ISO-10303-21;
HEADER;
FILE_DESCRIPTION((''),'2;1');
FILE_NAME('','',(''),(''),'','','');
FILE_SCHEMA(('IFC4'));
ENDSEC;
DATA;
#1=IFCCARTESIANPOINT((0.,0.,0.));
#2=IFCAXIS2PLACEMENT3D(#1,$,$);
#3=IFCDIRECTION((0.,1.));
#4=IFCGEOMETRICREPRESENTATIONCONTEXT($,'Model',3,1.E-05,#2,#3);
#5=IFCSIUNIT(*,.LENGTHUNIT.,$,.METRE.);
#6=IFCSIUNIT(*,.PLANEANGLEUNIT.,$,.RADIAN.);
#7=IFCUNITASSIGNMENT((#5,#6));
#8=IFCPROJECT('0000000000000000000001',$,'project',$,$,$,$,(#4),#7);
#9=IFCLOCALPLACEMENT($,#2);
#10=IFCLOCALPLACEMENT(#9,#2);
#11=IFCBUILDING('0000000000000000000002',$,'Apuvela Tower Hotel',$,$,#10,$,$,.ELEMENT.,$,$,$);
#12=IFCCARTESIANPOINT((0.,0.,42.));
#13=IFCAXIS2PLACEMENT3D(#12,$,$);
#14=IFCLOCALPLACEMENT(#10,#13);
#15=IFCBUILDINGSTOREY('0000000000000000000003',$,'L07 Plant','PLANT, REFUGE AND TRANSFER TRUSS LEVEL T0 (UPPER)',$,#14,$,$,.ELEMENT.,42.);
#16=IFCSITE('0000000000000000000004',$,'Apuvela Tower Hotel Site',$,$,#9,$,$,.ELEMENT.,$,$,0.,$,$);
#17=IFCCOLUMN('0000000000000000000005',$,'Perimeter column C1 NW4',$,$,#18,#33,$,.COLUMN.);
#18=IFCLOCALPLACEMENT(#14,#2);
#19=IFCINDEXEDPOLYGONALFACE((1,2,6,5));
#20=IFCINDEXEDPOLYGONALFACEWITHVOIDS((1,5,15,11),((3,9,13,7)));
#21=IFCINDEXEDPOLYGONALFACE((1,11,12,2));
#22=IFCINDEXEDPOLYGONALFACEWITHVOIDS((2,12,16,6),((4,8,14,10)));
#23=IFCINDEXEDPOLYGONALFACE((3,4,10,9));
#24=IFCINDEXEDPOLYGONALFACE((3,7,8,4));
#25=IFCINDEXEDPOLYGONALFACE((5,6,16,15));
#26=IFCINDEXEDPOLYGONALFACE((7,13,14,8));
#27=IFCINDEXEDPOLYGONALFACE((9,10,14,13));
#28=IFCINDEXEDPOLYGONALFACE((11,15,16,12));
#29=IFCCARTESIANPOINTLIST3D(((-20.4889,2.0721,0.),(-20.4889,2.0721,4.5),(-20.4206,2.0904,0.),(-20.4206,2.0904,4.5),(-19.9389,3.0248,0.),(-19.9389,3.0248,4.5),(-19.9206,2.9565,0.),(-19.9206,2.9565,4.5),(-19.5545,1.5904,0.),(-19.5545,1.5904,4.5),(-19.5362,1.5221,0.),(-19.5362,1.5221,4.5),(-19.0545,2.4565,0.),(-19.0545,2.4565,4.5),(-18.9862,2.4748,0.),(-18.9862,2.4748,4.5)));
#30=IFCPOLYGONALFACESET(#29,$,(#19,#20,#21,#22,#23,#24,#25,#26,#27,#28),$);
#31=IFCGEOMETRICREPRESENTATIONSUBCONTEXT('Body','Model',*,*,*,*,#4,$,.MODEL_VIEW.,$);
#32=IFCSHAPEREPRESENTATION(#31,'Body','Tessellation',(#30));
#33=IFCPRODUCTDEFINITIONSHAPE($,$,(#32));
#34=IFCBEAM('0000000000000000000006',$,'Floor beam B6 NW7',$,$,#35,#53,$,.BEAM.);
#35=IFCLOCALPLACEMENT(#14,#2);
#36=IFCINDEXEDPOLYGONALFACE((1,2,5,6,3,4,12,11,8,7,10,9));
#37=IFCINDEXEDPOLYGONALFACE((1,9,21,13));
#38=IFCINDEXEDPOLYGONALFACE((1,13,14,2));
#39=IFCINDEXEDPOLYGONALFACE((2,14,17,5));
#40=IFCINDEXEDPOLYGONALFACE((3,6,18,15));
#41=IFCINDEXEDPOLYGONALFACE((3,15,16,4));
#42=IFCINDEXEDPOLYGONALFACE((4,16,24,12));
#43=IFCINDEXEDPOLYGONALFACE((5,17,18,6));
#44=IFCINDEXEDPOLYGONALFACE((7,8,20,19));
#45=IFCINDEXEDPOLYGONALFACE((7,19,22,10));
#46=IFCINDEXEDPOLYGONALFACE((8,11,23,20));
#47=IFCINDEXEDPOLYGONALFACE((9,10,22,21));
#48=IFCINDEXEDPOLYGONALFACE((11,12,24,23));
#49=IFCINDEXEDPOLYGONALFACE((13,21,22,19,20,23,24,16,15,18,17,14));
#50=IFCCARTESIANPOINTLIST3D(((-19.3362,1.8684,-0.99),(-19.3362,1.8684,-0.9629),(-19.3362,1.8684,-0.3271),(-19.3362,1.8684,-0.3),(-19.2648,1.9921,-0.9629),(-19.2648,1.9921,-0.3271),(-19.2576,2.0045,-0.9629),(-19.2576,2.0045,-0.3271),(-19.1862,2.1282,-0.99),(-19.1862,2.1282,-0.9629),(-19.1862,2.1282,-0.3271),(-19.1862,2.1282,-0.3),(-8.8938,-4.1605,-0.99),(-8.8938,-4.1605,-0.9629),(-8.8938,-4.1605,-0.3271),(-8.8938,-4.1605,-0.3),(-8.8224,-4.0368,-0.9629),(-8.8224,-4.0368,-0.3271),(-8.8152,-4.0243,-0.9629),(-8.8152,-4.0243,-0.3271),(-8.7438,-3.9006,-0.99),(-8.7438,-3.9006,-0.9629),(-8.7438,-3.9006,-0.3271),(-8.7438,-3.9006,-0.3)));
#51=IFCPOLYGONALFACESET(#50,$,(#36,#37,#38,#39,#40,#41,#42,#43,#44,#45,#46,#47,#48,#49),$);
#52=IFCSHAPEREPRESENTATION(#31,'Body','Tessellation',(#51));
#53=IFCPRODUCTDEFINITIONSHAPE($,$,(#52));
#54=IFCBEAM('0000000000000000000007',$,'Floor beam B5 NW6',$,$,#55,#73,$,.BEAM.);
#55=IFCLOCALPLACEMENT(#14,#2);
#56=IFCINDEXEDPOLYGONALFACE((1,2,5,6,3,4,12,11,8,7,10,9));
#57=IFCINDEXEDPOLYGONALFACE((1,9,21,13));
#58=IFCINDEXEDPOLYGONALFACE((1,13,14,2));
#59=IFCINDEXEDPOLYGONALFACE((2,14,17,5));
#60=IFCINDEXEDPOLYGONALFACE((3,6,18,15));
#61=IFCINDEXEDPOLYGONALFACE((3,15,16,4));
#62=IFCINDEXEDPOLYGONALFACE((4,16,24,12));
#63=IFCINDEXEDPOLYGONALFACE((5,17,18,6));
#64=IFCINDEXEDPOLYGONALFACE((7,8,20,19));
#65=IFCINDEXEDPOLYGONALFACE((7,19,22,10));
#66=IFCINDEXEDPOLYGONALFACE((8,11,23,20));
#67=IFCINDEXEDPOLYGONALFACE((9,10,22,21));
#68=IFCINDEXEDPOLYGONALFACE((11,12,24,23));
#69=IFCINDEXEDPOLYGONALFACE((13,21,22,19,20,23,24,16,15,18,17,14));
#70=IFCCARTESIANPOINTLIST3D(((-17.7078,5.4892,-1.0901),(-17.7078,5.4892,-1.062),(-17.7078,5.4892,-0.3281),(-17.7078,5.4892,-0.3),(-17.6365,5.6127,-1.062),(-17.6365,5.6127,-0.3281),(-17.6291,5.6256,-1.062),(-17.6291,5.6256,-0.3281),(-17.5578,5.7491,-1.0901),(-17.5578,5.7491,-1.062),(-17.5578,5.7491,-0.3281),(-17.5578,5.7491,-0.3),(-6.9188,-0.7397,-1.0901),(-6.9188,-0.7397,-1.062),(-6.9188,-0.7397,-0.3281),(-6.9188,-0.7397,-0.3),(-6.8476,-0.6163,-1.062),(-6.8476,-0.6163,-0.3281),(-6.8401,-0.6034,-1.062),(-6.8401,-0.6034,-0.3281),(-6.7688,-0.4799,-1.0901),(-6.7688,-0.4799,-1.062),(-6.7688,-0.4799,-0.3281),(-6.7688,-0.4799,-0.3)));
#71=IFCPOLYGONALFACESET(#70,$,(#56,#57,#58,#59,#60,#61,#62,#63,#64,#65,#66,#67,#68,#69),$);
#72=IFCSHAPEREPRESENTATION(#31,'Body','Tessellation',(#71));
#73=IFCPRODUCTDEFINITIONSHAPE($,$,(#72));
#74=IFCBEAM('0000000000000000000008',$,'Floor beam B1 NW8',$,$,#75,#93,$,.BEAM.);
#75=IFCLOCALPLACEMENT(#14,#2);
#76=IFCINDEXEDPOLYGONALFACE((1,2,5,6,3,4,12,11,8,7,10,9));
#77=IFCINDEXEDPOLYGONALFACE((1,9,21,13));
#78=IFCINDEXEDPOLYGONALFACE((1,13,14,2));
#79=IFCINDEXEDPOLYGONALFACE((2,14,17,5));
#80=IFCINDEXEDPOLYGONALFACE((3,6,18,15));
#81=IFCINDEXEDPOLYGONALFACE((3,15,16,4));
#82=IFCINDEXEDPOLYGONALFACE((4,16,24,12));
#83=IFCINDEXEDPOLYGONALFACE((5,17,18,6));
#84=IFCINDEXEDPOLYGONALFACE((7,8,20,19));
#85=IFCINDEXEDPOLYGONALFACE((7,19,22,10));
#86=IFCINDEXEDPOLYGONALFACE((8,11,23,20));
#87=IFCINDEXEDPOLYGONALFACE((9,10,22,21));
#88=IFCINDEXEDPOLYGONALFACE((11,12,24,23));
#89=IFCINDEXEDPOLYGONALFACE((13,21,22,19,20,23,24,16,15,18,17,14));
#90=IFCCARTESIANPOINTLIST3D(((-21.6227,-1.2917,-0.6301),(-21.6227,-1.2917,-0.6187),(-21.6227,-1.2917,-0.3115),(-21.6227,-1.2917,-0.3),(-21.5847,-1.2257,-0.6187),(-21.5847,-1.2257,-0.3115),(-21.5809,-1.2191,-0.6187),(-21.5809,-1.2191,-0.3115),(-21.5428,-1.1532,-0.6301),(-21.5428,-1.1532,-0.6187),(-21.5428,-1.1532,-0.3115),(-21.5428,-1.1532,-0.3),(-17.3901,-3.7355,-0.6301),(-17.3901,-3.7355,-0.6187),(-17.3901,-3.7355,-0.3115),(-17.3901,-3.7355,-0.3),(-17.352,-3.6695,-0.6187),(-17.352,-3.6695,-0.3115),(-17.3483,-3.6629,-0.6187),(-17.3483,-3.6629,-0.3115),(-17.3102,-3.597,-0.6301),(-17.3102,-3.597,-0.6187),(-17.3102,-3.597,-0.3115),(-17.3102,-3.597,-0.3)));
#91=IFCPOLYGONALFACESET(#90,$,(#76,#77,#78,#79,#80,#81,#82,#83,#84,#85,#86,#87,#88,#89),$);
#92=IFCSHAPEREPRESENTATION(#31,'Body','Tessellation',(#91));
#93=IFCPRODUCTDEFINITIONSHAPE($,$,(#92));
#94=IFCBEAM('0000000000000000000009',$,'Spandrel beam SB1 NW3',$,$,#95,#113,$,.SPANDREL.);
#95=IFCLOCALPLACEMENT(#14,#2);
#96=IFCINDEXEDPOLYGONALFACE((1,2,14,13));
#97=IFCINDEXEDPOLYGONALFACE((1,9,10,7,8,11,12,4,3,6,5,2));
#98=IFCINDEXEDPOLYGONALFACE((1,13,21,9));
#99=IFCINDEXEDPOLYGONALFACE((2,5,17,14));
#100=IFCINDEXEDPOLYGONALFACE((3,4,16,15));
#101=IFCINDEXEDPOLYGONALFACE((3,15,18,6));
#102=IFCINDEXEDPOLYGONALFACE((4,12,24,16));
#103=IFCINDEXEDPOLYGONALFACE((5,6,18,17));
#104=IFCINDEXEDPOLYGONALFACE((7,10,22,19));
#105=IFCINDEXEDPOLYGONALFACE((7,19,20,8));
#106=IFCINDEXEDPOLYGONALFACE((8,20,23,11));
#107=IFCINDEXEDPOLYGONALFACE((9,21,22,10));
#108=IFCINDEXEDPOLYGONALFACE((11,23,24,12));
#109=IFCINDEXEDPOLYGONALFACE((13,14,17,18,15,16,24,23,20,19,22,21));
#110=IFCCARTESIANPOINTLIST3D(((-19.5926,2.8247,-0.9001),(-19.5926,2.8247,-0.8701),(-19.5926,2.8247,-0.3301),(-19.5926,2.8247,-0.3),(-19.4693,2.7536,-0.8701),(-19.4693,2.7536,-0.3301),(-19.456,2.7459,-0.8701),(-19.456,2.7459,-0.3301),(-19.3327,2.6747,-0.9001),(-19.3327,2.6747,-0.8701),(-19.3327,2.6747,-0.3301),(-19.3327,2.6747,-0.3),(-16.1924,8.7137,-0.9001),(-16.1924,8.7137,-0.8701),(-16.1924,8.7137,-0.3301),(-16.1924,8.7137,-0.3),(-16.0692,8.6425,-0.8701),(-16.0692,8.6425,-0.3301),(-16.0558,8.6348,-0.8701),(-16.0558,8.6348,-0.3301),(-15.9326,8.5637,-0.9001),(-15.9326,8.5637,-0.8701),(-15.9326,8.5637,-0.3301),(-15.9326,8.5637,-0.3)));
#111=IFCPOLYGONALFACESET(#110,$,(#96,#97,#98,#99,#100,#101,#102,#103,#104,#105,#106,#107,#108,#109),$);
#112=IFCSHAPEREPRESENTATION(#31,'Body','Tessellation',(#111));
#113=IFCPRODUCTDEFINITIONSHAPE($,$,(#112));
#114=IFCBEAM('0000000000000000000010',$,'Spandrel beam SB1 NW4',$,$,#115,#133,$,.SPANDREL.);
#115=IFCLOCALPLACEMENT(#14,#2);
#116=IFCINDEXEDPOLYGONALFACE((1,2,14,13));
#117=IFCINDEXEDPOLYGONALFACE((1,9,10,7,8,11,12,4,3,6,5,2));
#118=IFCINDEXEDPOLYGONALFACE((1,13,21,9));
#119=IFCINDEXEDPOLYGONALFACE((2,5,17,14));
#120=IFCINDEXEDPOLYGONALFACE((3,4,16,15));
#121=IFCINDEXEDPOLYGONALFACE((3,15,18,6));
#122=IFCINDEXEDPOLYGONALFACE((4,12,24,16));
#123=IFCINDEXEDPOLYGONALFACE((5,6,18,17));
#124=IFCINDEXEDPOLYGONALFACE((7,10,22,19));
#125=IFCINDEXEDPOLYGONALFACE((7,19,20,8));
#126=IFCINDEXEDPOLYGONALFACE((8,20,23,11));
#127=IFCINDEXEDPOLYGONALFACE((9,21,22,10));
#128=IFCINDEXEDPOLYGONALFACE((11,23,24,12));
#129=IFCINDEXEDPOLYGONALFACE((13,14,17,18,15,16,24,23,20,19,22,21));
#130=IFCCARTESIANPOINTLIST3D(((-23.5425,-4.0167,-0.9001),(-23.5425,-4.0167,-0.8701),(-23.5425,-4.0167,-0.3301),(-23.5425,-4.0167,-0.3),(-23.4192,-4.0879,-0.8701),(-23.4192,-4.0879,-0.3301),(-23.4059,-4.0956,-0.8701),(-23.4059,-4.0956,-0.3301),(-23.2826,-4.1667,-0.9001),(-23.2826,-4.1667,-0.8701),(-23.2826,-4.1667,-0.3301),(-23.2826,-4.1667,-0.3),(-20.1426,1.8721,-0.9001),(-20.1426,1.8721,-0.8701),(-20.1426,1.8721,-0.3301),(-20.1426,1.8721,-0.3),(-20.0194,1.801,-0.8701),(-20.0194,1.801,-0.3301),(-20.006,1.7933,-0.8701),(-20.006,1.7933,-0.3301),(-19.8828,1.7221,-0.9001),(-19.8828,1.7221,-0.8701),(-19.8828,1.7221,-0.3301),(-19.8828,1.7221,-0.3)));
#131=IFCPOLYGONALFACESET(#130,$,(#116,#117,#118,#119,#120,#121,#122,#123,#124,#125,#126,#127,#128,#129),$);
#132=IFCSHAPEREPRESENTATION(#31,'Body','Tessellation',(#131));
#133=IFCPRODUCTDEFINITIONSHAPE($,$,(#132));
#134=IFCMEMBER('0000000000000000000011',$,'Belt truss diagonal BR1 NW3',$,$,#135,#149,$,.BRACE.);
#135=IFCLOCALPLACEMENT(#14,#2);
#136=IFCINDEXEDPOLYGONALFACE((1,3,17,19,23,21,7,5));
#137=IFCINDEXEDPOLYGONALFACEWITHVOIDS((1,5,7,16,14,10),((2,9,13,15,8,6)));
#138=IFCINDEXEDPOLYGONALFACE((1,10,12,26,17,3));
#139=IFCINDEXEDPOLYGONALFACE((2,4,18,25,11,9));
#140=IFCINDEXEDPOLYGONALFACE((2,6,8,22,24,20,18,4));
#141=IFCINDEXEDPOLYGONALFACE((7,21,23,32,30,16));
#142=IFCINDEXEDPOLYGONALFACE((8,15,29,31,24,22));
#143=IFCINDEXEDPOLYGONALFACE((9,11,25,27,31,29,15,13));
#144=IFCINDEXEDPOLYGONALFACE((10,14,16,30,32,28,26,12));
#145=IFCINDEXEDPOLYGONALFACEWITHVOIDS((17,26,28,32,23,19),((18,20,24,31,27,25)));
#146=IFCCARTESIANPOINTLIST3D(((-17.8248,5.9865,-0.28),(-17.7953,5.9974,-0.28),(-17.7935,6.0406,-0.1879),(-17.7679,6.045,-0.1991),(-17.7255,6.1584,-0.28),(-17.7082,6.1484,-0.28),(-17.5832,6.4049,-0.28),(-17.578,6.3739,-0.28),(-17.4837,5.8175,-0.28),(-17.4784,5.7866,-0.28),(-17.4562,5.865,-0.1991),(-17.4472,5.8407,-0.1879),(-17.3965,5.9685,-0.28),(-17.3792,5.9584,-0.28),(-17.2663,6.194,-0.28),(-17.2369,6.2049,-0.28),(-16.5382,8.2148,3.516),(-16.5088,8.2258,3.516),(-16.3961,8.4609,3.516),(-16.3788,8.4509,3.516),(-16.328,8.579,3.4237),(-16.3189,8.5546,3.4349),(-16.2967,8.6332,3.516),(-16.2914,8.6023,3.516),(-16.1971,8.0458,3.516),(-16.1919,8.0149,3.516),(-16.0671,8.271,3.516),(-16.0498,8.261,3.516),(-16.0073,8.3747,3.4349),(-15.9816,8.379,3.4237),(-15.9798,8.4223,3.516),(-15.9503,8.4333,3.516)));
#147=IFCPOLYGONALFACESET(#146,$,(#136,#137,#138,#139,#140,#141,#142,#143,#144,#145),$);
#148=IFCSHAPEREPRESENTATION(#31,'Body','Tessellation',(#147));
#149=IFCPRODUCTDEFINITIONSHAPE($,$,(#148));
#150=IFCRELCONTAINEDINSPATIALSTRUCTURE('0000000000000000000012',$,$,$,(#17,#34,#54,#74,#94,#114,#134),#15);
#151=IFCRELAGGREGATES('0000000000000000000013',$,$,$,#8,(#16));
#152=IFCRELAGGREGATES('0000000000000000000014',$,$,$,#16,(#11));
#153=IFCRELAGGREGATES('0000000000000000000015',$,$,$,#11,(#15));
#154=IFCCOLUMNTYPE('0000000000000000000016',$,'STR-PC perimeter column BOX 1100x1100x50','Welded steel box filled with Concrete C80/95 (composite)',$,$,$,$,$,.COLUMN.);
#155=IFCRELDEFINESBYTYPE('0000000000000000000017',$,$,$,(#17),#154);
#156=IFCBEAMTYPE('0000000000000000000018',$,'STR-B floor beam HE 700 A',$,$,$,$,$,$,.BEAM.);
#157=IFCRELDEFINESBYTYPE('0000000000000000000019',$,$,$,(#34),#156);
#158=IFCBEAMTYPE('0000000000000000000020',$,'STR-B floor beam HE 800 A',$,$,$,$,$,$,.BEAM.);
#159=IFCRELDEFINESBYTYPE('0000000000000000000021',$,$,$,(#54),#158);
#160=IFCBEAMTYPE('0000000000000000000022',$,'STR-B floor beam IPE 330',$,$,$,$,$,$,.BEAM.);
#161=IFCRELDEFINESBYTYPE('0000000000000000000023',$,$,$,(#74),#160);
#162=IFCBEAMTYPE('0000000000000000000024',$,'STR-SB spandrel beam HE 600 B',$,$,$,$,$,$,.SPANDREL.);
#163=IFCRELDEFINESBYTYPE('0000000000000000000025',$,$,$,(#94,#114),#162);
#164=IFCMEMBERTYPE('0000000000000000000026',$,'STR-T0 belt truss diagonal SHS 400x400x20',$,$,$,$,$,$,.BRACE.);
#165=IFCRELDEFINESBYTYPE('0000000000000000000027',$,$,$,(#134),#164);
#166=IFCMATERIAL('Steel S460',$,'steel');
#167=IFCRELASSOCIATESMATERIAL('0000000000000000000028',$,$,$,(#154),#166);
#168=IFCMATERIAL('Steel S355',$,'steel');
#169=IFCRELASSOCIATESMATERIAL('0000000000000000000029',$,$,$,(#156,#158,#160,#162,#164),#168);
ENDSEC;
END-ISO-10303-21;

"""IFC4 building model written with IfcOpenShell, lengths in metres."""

from ifc_helpers import new_model, si_unit, direction, frame, origin, origin_2d, place, context, subcontext, project, spatial, rectangle, hollow_rectangle, i_section, extrude, boolean, halfspace, material, material_profile, profile_set, type_object, element, save


model = new_model("IFC4")

# Units and contexts
model_context = context("Model", 3, precision=1e-05, world=origin(), true_north=direction((0.0, 1.0)))
body_context = subcontext(model_context, "Body", "Model", "MODEL_VIEW")
ifc_project = project(units=[si_unit("LENGTHUNIT", "METRE"), si_unit("PLANEANGLEUNIT", "RADIAN")], contexts=[model_context])

# Site, building, storey
site_placement = place(None, origin())
site = spatial("IfcSite", under=ifc_project, at=site_placement, Name="Apuvela Tower Hotel Site", CompositionType="ELEMENT", RefElevation=0.0)
building_placement = place(site_placement, origin())
building = spatial("IfcBuilding", under=site, at=building_placement, Name="Apuvela Tower Hotel", CompositionType="ELEMENT")
storey_placement = place(building_placement, frame((0.0, 0.0, 42.0)))
storey = spatial("IfcBuildingStorey", under=building, at=storey_placement, Name="L07 Plant", Description="PLANT, REFUGE AND TRANSFER TRUSS LEVEL T0 (UPPER)", CompositionType="ELEMENT", Elevation=42.0)

# Column
ifc_material_1 = material(Name="Steel S460", Category="steel")
ifc_material_profile_1 = material_profile(ifc_material_1, hollow_rectangle(XDim=1.1001, YDim=1.1001, WallThickness=0.05, at=origin_2d()), Name="BOX 1100x1100x50")
ifc_material_2 = material(Name="Concrete C80/95", Category="concrete")
ifc_material_profile_2 = material_profile(ifc_material_2, rectangle(XDim=1.0, YDim=1.0, at=origin_2d()), Name="Concrete C80/95 infill")
ifc_profile_set_1 = profile_set([ifc_material_profile_1, ifc_material_profile_2], Name="Steel S460")
column_type = type_object("IfcColumnType", Name="STR-PC perimeter column BOX 1100x1100x50", Description="Welded steel box filled with Concrete C80/95 (composite)", PredefinedType="COLUMN", material=ifc_profile_set_1)
column_placement = place(storey_placement, frame((-19.7375, 2.2734, 0.0), z_axis=(0.0, 0.0, 1.0), x_axis=(0.5, 0.866025, 0.0)))
element("IfcColumn", 1, at=column_placement, inside=storey, type_object=column_type, Name="Perimeter column C1 NW4", PredefinedType="COLUMN", context=body_context, shape_type="SweptSolid", body=[
    extrude(hollow_rectangle(XDim=1.1001, YDim=1.1001, WallThickness=0.05, at=origin_2d()), origin(), (0.0, 0.0, 1.0), 4.5),
])

# Beams
ifc_material_3 = material(Name="Steel S355", Category="steel")
ifc_material_profile_3 = material_profile(ifc_material_3, i_section(OverallWidth=0.3, OverallDepth=0.6899, WebThickness=0.0144, FlangeThickness=0.0271, at=origin_2d()), Name="HE 700 A")
ifc_profile_set_2 = profile_set([ifc_material_profile_3], Name="Steel S355")
beam_type_1 = type_object("IfcBeamType", Name="STR-B floor beam HE 700 A", PredefinedType="BEAM", material=ifc_profile_set_2)
beam_1_placement = place(storey_placement, frame((-19.2612, 1.9983, -0.645), z_axis=(0.866029, -0.499994, 0.0), x_axis=(0.499994, 0.866029, 0.0)))
element("IfcBeam", 2, at=beam_1_placement, inside=storey, type_object=beam_type_1, Name="Floor beam B6 NW7", PredefinedType="BEAM", context=body_context, shape_type="SweptSolid", body=[
    extrude(i_section(OverallWidth=0.3, OverallDepth=0.6899, WebThickness=0.0144, FlangeThickness=0.0271, at=origin_2d()), origin(), (0.0, 0.0, 1.0), 12.0579),
])
ifc_material_profile_4 = material_profile(ifc_material_3, i_section(OverallWidth=0.3, OverallDepth=0.79, WebThickness=0.0149, FlangeThickness=0.0281, at=origin_2d()), Name="HE 800 A")
ifc_profile_set_3 = profile_set([ifc_material_profile_4], Name="Steel S355")
beam_type_2 = type_object("IfcBeamType", Name="STR-B floor beam HE 800 A", PredefinedType="BEAM", material=ifc_profile_set_3)
beam_2_placement = place(storey_placement, frame((-17.6328, 5.6191, -0.6951), z_axis=(0.866028, -0.499996, 0.0), x_axis=(0.499996, 0.866028, 0.0)))
element("IfcBeam", 3, at=beam_2_placement, inside=storey, type_object=beam_type_2, Name="Floor beam B5 NW6", PredefinedType="BEAM", context=body_context, shape_type="SweptSolid", body=[
    extrude(i_section(OverallWidth=0.3, OverallDepth=0.79, WebThickness=0.0149, FlangeThickness=0.0281, at=origin_2d()), origin(), (0.0, 0.0, 1.0), 12.458),
])
ifc_material_profile_5 = material_profile(ifc_material_3, i_section(OverallWidth=0.1599, OverallDepth=0.3301, WebThickness=0.0076, FlangeThickness=0.0115, at=origin_2d()), Name="IPE 330")
ifc_profile_set_4 = profile_set([ifc_material_profile_5], Name="Steel S355")
beam_type_3 = type_object("IfcBeamType", Name="STR-B floor beam IPE 330", PredefinedType="BEAM", material=ifc_profile_set_4)
beam_3_placement = place(storey_placement, frame((-21.5828, -1.2224, -0.4651), z_axis=(0.866015, -0.500018, 0.0), x_axis=(0.500018, 0.866015, 0.0)))
element("IfcBeam", 4, at=beam_3_placement, inside=storey, type_object=beam_type_3, Name="Floor beam B1 NW8", PredefinedType="BEAM", context=body_context, shape_type="SweptSolid", body=[
    extrude(i_section(OverallWidth=0.1599, OverallDepth=0.3301, WebThickness=0.0076, FlangeThickness=0.0115, at=origin_2d()), origin(), (0.0, 0.0, 1.0), 4.8875),
])
ifc_material_profile_6 = material_profile(ifc_material_3, i_section(OverallWidth=0.3, OverallDepth=0.6001, WebThickness=0.0154, FlangeThickness=0.03, at=origin_2d()), Name="HE 600 B")
ifc_profile_set_5 = profile_set([ifc_material_profile_6], Name="Steel S355")
beam_type_4 = type_object("IfcBeamType", Name="STR-SB spandrel beam HE 600 B", PredefinedType="SPANDREL", material=ifc_profile_set_5)
beam_4_placement = place(storey_placement, frame((-16.0625, 8.6387, -0.6001), z_axis=(-0.50002, -0.866014, 0.0), x_axis=(0.866014, -0.50002, 0.0)))
element("IfcBeam", 5, at=beam_4_placement, inside=storey, type_object=beam_type_4, Name="Spandrel beam SB1 NW3", PredefinedType="SPANDREL", context=body_context, shape_type="SweptSolid", body=[
    extrude(i_section(OverallWidth=0.3, OverallDepth=0.6001, WebThickness=0.0154, FlangeThickness=0.03, at=origin_2d()), origin(), (0.0, 0.0, 1.0), 6.8),
])
beam_5_placement = place(storey_placement, frame((-20.0127, 1.7971, -0.6001), z_axis=(-0.499993, -0.86603, 0.0), x_axis=(0.86603, -0.499993, 0.0)))
element("IfcBeam", 6, at=beam_5_placement, inside=storey, type_object=beam_type_4, Name="Spandrel beam SB1 NW4", PredefinedType="SPANDREL", context=body_context, shape_type="SweptSolid", body=[
    extrude(i_section(OverallWidth=0.3, OverallDepth=0.6001, WebThickness=0.0154, FlangeThickness=0.03, at=origin_2d()), origin(), (0.0, 0.0, 1.0), 6.7998),
])

# Member
ifc_material_profile_7 = material_profile(ifc_material_3, hollow_rectangle(XDim=0.3999, YDim=0.3999, WallThickness=0.02, at=origin_2d()), Name="SHS 400x400x20")
ifc_profile_set_6 = profile_set([ifc_material_profile_7], Name="Steel S355")
member_type = type_object("IfcMemberType", Name="STR-T0 belt truss diagonal SHS 400x400x20", PredefinedType="BRACE", material=ifc_profile_set_6)
member_1_placement = place(storey_placement, frame((-17.5376, 6.084, -0.3), z_axis=(0.280541, 0.485902, 0.827766), x_axis=(-0.413889, -0.716863, 0.561073)))
solid_1 = boolean("DIFFERENCE", boolean("DIFFERENCE", extrude(hollow_rectangle(XDim=0.3999, YDim=0.3999, WallThickness=0.02, at=origin_2d()), frame((0.0, 0.0, -0.2556)), (0.0, 0.0, 1.0), 5.1453), halfspace(frame((0.0, 0.0, 0.0242), z_axis=(0.561073, 0.0, 0.827766), x_axis=(0.827766, 0.0, -0.561073)), True)), halfspace(frame((0.0, 0.0, 4.6101), z_axis=(0.561073, 0.0, 0.827766), x_axis=(0.827766, 0.0, -0.561073)), False))
element("IfcMember", 7, at=member_1_placement, inside=storey, type_object=member_type, Name="Belt truss diagonal BR1 NW3", PredefinedType="BRACE", context=body_context, shape_type="SweptSolid", body=[
    boolean("UNION", boolean("DIFFERENCE", boolean("DIFFERENCE", extrude(hollow_rectangle(XDim=0.3999, YDim=0.3999, WallThickness=0.02, at=origin_2d()), origin(), (0.0, 0.0, 1.0), 4.634), halfspace(frame((0.0, 0.0, 0.0242), z_axis=(0.561073, 0.0, 0.827766), x_axis=(0.827766, 0.0, -0.561073)), True)), halfspace(frame((0.0, 0.0, 4.6101), z_axis=(0.561073, 0.0, 0.827766), x_axis=(0.827766, 0.0, -0.561073)), False)), solid_1),
])

save(model, "model.ifc")
